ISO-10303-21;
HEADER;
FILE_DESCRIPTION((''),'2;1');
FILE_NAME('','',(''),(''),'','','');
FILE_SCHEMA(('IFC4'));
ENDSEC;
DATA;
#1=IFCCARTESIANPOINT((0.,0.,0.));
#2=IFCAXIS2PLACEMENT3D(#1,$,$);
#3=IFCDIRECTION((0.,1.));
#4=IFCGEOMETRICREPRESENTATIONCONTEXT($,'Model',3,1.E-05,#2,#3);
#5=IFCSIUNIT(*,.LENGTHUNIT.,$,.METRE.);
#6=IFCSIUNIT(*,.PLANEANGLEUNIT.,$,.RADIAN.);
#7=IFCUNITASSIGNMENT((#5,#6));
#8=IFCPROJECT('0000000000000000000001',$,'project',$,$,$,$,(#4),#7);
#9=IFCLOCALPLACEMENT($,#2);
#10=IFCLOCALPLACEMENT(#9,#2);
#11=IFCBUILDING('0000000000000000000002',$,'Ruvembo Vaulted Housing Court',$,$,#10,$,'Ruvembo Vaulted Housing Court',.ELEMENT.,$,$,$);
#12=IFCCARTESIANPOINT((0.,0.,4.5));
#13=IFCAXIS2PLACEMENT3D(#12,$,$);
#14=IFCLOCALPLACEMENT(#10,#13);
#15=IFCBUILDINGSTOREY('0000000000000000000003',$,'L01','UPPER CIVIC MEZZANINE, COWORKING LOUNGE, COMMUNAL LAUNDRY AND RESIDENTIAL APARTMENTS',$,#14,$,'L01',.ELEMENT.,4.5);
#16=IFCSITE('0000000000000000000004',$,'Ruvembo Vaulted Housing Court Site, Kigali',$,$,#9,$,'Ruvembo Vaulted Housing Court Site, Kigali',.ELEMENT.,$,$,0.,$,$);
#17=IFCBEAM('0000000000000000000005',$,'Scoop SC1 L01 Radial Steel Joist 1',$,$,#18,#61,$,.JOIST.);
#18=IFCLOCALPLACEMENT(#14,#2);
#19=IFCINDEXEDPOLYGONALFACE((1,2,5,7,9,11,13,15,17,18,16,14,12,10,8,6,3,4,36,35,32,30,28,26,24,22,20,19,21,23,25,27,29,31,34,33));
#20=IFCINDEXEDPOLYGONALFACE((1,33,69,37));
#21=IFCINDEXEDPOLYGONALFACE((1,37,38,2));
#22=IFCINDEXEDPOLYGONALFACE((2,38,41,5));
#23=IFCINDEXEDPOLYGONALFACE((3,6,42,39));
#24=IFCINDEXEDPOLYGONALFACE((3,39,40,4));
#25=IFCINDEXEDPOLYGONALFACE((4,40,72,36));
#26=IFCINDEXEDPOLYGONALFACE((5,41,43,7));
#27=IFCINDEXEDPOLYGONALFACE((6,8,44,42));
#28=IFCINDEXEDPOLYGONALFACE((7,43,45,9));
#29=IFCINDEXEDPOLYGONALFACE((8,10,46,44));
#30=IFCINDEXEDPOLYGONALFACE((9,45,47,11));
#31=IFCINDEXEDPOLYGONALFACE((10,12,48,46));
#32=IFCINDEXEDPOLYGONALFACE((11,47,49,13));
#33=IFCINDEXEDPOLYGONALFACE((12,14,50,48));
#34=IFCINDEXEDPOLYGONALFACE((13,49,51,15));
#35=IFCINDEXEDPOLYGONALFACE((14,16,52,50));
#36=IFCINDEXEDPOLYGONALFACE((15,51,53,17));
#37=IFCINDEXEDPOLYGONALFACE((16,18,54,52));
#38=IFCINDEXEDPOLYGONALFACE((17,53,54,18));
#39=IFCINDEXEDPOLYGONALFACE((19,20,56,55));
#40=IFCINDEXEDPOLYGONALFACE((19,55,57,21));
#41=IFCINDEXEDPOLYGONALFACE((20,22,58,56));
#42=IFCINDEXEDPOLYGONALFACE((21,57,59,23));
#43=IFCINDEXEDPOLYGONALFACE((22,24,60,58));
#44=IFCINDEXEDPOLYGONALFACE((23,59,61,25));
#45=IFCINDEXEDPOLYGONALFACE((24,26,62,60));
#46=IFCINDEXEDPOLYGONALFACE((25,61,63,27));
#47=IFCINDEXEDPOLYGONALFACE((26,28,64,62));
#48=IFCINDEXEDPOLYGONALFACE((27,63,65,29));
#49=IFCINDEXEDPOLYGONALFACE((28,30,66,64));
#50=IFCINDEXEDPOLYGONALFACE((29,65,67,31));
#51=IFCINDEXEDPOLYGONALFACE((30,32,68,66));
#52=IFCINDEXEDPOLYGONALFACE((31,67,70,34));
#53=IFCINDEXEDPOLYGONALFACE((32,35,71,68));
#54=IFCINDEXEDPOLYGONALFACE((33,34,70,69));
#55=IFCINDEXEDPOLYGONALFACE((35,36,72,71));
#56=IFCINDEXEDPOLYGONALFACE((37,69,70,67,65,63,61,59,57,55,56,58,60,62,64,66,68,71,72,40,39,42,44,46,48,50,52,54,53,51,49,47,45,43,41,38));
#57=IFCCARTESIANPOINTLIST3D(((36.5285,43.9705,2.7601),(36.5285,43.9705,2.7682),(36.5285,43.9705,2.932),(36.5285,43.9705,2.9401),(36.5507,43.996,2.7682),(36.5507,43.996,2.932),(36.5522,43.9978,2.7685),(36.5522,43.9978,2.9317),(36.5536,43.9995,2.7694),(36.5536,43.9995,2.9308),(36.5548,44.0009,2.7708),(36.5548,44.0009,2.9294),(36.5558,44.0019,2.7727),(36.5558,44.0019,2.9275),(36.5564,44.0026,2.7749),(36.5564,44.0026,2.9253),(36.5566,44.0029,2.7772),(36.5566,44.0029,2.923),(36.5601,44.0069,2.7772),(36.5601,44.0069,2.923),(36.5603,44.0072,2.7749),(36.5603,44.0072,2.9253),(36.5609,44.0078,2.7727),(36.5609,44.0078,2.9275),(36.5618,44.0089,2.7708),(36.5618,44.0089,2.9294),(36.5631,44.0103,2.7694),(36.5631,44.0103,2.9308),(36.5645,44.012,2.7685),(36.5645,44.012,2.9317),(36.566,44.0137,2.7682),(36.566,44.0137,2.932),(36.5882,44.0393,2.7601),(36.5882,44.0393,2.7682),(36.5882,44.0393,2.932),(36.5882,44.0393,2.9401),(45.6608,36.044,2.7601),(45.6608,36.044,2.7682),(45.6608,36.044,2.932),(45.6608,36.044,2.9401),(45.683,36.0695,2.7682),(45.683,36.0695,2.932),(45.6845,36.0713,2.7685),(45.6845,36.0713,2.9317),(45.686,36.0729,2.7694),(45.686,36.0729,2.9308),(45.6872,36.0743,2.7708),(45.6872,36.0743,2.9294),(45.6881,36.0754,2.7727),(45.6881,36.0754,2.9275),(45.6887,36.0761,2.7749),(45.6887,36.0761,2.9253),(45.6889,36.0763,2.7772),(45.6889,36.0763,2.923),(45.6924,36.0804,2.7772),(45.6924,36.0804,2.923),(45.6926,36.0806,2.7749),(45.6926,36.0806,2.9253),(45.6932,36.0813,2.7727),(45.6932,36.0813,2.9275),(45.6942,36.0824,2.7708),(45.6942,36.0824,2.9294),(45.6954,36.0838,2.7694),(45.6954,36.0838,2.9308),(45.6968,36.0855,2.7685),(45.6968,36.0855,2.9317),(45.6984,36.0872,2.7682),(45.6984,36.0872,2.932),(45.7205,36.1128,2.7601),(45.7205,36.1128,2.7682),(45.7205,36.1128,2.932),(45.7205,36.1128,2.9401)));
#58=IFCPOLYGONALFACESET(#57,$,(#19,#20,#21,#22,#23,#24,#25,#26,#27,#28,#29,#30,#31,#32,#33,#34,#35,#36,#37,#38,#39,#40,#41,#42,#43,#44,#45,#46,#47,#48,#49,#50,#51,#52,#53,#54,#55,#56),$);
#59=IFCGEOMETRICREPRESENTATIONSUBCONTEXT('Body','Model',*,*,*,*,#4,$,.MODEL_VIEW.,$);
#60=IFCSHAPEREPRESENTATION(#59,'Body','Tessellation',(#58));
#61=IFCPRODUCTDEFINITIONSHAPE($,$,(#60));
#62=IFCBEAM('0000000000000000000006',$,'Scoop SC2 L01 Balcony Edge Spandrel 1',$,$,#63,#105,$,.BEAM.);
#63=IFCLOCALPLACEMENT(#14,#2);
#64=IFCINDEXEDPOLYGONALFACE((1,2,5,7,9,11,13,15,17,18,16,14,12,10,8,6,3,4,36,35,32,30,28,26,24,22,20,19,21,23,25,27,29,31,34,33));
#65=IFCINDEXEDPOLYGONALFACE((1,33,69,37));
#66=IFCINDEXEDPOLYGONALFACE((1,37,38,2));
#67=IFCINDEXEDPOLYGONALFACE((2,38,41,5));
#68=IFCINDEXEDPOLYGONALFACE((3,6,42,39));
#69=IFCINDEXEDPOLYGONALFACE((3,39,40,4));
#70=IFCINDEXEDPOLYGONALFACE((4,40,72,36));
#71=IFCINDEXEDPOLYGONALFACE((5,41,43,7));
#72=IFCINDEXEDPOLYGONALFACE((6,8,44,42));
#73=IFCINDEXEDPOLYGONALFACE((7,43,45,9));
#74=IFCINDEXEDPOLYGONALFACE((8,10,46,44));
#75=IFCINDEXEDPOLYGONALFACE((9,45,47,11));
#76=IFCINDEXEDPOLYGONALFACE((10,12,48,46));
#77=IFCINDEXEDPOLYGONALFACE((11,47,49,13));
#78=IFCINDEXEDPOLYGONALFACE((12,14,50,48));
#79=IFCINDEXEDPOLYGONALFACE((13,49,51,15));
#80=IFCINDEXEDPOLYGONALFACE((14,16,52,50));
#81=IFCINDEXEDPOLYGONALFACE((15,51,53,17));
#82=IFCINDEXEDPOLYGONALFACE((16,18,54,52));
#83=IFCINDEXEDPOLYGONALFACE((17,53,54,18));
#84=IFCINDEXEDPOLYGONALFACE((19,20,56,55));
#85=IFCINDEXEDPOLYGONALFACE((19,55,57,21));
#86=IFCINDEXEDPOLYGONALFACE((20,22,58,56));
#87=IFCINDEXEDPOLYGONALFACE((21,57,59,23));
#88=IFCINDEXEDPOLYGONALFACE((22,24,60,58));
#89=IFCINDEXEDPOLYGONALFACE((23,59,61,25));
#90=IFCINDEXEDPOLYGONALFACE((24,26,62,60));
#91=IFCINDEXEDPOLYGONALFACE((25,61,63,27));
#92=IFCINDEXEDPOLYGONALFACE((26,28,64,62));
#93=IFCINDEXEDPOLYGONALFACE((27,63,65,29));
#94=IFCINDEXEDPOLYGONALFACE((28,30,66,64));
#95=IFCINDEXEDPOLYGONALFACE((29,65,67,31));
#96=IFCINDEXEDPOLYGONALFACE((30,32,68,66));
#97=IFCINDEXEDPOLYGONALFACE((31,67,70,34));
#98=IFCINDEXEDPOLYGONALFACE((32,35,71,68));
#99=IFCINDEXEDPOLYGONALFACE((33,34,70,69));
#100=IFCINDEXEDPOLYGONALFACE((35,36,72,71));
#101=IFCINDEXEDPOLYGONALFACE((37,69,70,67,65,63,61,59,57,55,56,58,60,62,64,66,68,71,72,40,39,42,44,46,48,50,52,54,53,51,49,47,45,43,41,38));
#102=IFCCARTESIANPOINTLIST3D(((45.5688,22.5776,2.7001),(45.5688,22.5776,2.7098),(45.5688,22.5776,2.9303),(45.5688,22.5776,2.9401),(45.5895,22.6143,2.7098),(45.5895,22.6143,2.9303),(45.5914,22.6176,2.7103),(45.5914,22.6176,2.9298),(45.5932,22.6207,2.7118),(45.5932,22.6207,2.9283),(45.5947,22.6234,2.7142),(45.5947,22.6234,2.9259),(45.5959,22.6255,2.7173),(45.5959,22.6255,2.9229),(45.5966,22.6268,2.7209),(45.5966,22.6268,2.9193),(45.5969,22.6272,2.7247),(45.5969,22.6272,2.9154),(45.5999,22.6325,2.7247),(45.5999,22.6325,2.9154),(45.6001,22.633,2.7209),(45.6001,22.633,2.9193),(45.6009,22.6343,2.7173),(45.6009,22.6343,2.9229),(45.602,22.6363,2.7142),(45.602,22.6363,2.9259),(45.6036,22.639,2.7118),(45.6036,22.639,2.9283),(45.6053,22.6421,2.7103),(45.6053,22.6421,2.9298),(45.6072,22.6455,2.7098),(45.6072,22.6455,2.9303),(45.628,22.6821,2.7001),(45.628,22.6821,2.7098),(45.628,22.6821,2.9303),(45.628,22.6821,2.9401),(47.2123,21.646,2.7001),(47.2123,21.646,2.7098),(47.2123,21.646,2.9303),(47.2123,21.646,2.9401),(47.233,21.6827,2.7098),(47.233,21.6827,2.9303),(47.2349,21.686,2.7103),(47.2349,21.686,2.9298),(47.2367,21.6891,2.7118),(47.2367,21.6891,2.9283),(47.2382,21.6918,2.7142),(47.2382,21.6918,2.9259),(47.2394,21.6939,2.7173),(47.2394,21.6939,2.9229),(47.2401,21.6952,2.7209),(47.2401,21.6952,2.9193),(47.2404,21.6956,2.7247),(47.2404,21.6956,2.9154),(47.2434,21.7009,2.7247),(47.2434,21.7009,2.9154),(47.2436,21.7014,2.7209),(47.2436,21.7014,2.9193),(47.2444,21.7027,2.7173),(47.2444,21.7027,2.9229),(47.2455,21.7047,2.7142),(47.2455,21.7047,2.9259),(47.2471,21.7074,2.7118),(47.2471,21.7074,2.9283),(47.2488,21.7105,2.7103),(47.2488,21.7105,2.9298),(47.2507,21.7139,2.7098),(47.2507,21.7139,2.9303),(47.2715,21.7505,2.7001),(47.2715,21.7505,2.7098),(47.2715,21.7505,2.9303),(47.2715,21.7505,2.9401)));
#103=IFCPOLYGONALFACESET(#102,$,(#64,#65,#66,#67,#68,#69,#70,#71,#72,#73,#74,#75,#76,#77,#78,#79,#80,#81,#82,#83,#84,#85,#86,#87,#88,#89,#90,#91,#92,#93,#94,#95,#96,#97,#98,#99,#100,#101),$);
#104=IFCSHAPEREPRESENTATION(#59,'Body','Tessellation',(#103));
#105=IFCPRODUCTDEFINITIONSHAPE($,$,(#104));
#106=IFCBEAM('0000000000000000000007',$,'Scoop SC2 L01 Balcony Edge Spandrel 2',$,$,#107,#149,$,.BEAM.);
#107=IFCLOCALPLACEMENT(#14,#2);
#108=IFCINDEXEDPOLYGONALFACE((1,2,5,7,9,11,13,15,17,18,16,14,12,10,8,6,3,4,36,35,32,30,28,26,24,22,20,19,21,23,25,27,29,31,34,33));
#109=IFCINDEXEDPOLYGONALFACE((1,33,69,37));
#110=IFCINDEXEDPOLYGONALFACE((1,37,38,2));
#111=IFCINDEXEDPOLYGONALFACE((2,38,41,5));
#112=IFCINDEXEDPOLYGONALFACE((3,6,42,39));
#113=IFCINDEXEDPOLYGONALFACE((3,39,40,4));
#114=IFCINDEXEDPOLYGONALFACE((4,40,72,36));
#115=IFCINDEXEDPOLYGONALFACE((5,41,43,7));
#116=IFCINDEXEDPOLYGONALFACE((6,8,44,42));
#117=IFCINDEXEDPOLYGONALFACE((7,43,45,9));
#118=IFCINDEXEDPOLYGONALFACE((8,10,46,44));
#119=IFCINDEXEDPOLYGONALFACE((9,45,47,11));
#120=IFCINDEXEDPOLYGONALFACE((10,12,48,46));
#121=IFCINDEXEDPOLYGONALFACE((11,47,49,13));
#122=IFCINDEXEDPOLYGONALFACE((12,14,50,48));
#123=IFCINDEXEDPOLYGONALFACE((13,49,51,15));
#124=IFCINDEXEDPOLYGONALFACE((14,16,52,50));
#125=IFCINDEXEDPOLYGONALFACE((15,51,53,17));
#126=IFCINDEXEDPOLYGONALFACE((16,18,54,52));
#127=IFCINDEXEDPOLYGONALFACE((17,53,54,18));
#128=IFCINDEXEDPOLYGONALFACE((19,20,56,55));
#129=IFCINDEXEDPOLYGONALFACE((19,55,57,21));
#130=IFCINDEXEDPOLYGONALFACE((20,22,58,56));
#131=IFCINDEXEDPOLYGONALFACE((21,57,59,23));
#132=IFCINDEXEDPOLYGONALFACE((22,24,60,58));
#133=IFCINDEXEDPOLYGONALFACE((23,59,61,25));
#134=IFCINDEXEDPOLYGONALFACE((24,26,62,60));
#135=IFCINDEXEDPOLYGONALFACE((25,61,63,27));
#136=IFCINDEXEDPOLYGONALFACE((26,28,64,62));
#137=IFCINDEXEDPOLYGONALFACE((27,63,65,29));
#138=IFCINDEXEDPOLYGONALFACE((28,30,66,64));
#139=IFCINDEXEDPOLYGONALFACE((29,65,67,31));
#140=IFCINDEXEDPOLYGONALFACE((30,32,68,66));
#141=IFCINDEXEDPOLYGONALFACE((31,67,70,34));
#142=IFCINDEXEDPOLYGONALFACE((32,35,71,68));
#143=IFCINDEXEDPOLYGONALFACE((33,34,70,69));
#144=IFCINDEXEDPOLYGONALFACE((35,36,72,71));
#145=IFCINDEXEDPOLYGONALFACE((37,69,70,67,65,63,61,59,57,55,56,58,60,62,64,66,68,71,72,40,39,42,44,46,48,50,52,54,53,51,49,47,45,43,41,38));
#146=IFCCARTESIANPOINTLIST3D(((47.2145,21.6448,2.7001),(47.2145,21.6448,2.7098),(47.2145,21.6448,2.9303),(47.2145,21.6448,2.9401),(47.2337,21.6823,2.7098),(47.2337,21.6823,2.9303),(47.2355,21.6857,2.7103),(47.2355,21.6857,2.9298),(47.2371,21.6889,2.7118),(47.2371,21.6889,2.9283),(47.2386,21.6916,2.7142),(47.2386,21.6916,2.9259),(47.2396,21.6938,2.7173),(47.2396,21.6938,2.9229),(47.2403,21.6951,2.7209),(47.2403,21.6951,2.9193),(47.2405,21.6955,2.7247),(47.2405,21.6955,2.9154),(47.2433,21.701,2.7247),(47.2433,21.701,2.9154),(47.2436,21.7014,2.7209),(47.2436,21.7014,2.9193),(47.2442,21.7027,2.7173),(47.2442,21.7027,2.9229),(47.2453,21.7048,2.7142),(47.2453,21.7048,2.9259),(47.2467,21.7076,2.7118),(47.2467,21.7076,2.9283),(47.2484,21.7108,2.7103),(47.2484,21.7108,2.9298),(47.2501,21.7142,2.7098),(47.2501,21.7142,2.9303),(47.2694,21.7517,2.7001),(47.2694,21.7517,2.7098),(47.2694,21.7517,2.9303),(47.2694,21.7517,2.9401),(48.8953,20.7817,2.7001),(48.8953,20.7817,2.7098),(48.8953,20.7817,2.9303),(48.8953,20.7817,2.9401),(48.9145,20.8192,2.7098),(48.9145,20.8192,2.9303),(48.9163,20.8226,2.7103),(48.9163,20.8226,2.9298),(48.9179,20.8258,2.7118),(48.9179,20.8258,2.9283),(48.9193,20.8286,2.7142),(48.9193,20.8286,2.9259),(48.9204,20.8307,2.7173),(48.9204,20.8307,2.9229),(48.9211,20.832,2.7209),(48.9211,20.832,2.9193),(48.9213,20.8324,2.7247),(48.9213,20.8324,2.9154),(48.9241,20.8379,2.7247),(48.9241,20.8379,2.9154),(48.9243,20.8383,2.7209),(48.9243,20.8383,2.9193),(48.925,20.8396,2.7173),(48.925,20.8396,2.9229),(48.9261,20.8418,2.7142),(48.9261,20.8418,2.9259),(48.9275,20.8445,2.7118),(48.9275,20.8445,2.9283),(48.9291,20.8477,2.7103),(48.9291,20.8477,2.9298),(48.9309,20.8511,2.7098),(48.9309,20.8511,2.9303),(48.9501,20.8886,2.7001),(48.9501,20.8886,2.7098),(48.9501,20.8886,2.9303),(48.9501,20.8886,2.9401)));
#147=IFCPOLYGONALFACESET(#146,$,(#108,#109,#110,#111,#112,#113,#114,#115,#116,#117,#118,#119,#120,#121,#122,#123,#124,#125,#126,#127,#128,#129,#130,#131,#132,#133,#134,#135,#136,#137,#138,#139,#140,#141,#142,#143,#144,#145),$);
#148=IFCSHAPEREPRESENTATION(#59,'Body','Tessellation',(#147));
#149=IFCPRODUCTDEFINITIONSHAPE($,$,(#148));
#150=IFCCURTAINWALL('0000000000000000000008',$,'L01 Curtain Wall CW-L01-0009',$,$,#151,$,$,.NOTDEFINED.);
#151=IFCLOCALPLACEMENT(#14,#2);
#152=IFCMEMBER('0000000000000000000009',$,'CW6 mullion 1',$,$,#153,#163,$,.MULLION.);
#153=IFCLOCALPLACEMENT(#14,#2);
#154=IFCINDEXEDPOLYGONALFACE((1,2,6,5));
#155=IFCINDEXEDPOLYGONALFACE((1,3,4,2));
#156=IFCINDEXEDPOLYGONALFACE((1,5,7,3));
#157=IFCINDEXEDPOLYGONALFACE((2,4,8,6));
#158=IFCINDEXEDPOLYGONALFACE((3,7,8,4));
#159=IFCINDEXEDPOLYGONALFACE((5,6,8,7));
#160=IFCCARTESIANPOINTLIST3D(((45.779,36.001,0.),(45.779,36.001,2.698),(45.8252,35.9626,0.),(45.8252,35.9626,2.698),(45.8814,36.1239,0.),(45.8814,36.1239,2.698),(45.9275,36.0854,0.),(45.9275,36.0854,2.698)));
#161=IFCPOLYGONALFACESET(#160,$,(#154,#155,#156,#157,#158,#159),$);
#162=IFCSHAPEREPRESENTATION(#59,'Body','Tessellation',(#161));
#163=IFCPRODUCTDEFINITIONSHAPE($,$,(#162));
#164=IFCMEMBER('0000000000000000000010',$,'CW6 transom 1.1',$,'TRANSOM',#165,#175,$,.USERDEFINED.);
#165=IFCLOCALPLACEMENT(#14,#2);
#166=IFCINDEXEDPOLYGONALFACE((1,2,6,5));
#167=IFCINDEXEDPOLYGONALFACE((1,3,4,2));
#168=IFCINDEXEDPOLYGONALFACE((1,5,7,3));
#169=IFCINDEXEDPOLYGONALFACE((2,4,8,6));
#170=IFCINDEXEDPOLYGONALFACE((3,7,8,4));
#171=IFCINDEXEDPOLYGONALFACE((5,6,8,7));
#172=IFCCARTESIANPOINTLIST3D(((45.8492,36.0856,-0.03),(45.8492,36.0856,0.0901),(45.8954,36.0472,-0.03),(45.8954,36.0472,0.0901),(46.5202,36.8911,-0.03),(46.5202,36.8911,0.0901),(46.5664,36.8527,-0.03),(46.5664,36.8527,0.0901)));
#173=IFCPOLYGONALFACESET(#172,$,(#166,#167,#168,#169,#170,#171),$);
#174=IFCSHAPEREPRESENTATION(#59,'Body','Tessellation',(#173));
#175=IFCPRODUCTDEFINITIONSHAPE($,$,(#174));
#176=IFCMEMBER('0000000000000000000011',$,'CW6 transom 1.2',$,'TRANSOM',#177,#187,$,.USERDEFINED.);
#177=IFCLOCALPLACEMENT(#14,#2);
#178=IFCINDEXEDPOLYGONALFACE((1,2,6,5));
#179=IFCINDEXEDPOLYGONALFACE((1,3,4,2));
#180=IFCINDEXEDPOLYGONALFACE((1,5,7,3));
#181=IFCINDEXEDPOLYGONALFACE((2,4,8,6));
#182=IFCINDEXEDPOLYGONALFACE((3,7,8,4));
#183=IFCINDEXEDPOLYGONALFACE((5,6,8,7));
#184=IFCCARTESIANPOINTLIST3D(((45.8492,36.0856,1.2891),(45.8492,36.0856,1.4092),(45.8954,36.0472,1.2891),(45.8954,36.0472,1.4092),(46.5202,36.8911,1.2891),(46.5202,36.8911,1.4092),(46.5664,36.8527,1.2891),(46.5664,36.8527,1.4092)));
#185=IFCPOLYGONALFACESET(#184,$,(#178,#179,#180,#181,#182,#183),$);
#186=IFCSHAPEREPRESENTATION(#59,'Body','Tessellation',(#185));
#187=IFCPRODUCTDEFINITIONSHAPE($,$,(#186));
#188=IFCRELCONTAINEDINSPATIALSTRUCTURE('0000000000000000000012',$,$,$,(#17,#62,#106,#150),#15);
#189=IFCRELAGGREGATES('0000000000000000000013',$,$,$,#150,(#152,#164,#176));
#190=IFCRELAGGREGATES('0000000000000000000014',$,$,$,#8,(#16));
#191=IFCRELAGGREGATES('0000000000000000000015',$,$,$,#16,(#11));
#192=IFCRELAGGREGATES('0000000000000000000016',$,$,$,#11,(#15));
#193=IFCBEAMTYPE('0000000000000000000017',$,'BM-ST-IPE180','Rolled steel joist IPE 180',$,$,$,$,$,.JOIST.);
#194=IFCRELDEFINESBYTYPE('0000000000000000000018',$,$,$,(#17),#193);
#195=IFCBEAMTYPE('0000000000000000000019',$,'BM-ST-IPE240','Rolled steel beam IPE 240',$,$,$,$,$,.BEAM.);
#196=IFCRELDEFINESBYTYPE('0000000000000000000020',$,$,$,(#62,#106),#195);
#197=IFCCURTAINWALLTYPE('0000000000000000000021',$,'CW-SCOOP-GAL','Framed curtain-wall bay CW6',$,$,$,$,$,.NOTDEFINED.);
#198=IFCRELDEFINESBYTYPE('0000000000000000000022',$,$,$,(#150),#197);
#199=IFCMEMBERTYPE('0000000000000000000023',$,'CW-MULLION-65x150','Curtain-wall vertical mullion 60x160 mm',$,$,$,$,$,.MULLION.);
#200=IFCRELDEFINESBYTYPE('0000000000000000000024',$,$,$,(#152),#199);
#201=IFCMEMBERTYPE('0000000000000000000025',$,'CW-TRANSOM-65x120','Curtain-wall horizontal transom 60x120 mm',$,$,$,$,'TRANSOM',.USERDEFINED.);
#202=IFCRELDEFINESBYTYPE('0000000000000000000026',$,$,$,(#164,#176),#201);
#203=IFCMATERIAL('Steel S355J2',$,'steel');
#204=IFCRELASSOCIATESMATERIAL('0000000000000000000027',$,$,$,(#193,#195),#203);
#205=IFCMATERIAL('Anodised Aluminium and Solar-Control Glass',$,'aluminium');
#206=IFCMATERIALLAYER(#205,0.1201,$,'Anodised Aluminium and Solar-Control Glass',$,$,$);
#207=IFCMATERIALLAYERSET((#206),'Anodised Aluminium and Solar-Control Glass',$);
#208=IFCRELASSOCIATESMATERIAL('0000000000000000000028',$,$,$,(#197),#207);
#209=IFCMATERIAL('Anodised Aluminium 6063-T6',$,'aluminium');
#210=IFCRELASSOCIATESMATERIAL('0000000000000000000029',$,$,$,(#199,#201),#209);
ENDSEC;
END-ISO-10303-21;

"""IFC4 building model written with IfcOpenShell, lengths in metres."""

from ifc_helpers import new_model, si_unit, direction, frame, origin, origin_2d, place, context, subcontext, project, spatial, rectangle, i_section, extrude, material, layer, layer_set, material_profile, profile_set, type_object, element, aggregate, save


model = new_model("IFC4")

# Units and contexts
model_context = context("Model", 3, precision=1e-05, world=origin(), true_north=direction((0.0, 1.0)))
body_context = subcontext(model_context, "Body", "Model", "MODEL_VIEW")
ifc_project = project(units=[si_unit("LENGTHUNIT", "METRE"), si_unit("PLANEANGLEUNIT", "RADIAN")], contexts=[model_context])

# Site, building, storey
site_placement = place(None, origin())
site = spatial("IfcSite", under=ifc_project, at=site_placement, Name="Ruvembo Vaulted Housing Court Site, Kigali", LongName="Ruvembo Vaulted Housing Court Site, Kigali", CompositionType="ELEMENT", RefElevation=0.0)
building_placement = place(site_placement, origin())
building = spatial("IfcBuilding", under=site, at=building_placement, Name="Ruvembo Vaulted Housing Court", LongName="Ruvembo Vaulted Housing Court", CompositionType="ELEMENT")
storey_placement = place(building_placement, frame((0.0, 0.0, 4.5)))
storey = spatial("IfcBuildingStorey", under=building, at=storey_placement, Name="L01", Description="UPPER CIVIC MEZZANINE, COWORKING LOUNGE, COMMUNAL LAUNDRY AND RESIDENTIAL APARTMENTS", LongName="L01", CompositionType="ELEMENT", Elevation=4.5)

# Beams
ifc_material_1 = material(Name="Steel S355J2", Category="steel")
ifc_material_profile_1 = material_profile(ifc_material_1, i_section(OverallWidth=0.0911, OverallDepth=0.1799, WebThickness=0.0054, FlangeThickness=0.0081, FilletRadius=0.009, at=origin_2d()), Name="IPE 180")
ifc_profile_set_1 = profile_set([ifc_material_profile_1], Name="Steel S355J2")
beam_type_1 = type_object("IfcBeamType", Name="BM-ST-IPE180", Description="Rolled steel joist IPE 180", PredefinedType="JOIST", material=ifc_profile_set_1)
beam_1_placement = place(storey_placement, frame((45.6907, 36.0784, 2.8501), z_axis=(-0.755205, 0.655489, 0.0), x_axis=(-0.655489, -0.755205, 0.0)))
element("IfcBeam", 1, at=beam_1_placement, inside=storey, type_object=beam_type_1, Name="Scoop SC1 L01 Radial Steel Joist 1", PredefinedType="JOIST", context=body_context, shape_type="SweptSolid", body=[
    extrude(i_section(OverallWidth=0.0911, OverallDepth=0.1799, WebThickness=0.0054, FlangeThickness=0.0081, FilletRadius=0.009, at=origin_2d()), origin(), (0.0, 0.0, 1.0), 12.0925),
])
ifc_material_profile_2 = material_profile(ifc_material_1, i_section(OverallWidth=0.1201, OverallDepth=0.24, WebThickness=0.0061, FlangeThickness=0.0098, FilletRadius=0.0149, at=origin_2d()), Name="IPE 240")
ifc_profile_set_2 = profile_set([ifc_material_profile_2], Name="Steel S355J2")
beam_type_2 = type_object("IfcBeamType", Name="BM-ST-IPE240", Description="Rolled steel beam IPE 240", PredefinedType="BEAM", material=ifc_profile_set_2)
beam_2_placement = place(storey_placement, frame((45.5984, 22.6299, 2.8201), z_axis=(0.869956, -0.49313, 0.0), x_axis=(0.49313, 0.869956, 0.0)))
element("IfcBeam", 2, at=beam_2_placement, inside=storey, type_object=beam_type_2, Name="Scoop SC2 L01 Balcony Edge Spandrel 1", PredefinedType="BEAM", context=body_context, shape_type="SweptSolid", body=[
    extrude(i_section(OverallWidth=0.1201, OverallDepth=0.24, WebThickness=0.0061, FlangeThickness=0.0098, FilletRadius=0.0149, at=origin_2d()), origin(), (0.0, 0.0, 1.0), 1.8892),
])
beam_3_placement = place(storey_placement, frame((47.2419, 21.6982, 2.8201), z_axis=(0.889568, -0.456802, 0.0), x_axis=(0.456802, 0.889568, 0.0)))
element("IfcBeam", 3, at=beam_3_placement, inside=storey, type_object=beam_type_2, Name="Scoop SC2 L01 Balcony Edge Spandrel 2", PredefinedType="BEAM", context=body_context, shape_type="SweptSolid", body=[
    extrude(i_section(OverallWidth=0.1201, OverallDepth=0.24, WebThickness=0.0061, FlangeThickness=0.0098, FilletRadius=0.0149, at=origin_2d()), origin(), (0.0, 0.0, 1.0), 1.8894),
])

# Curtain wall, members
ifc_material_2 = material(Name="Anodised Aluminium and Solar-Control Glass", Category="aluminium")
ifc_layer_1 = layer(ifc_material_2, 0.1201, Name="Anodised Aluminium and Solar-Control Glass")
ifc_layer_set_1 = layer_set([ifc_layer_1], Name="Anodised Aluminium and Solar-Control Glass")
curtain_wall_type = type_object("IfcCurtainWallType", Name="CW-SCOOP-GAL", Description="Framed curtain-wall bay CW6", PredefinedType="NOTDEFINED", material=ifc_layer_set_1)
curtain_wall_placement = place(storey_placement, origin())
curtain_wall = element("IfcCurtainWall", 4, at=curtain_wall_placement, inside=storey, type_object=curtain_wall_type, Name="L01 Curtain Wall CW-L01-0009", PredefinedType="NOTDEFINED")
ifc_material_3 = material(Name="Anodised Aluminium 6063-T6", Category="aluminium")
ifc_material_profile_3 = material_profile(ifc_material_3, rectangle(XDim=0.0601, YDim=0.1599, at=origin_2d()), Name="ALU 60x160")
ifc_profile_set_3 = profile_set([ifc_material_profile_3], Name="Anodised Aluminium 6063-T6")
member_type_1 = type_object("IfcMemberType", Name="CW-MULLION-65x150", Description="Curtain-wall vertical mullion 60x160 mm", PredefinedType="MULLION", material=ifc_profile_set_3)
member_1_placement = place(storey_placement, frame((45.8533, 36.0432, 0.0), z_axis=(0.0, 0.0, 1.0), x_axis=(-0.768484, 0.639869, 0.0)))
member_1 = element("IfcMember", 5, at=member_1_placement, type_object=member_type_1, Name="CW6 mullion 1", PredefinedType="MULLION", context=body_context, shape_type="SweptSolid", body=[
    extrude(rectangle(XDim=0.0601, YDim=0.1599, at=origin_2d()), origin(), (0.0, 0.0, 1.0), 2.698),
])
ifc_material_profile_4 = material_profile(ifc_material_3, rectangle(XDim=0.0601, YDim=0.1201, at=origin_2d()), Name="ALU 60x120")
ifc_profile_set_4 = profile_set([ifc_material_profile_4], Name="Anodised Aluminium 6063-T6")
member_type_2 = type_object("IfcMemberType", Name="CW-TRANSOM-65x120", Description="Curtain-wall horizontal transom 60x120 mm", ElementType="TRANSOM", PredefinedType="USERDEFINED", material=ifc_profile_set_4)
member_2_placement = place(storey_placement, frame((45.8723, 36.0664, 0.03), z_axis=(0.640024, 0.768355, 0.0), x_axis=(-0.768355, 0.640024, 0.0)))
member_2 = element("IfcMember", 6, at=member_2_placement, type_object=member_type_2, Name="CW6 transom 1.1", ObjectType="TRANSOM", PredefinedType="USERDEFINED", context=body_context, shape_type="SweptSolid", body=[
    extrude(rectangle(XDim=0.0601, YDim=0.1201, at=origin_2d()), origin(), (0.0, 0.0, 1.0), 1.0483),
])
member_3_placement = place(storey_placement, frame((45.8723, 36.0664, 1.3491), z_axis=(0.640024, 0.768355, 0.0), x_axis=(-0.768355, 0.640024, 0.0)))
member_3 = element("IfcMember", 7, at=member_3_placement, type_object=member_type_2, Name="CW6 transom 1.2", ObjectType="TRANSOM", PredefinedType="USERDEFINED", context=body_context, shape_type="SweptSolid", body=[
    extrude(rectangle(XDim=0.0601, YDim=0.1201, at=origin_2d()), origin(), (0.0, 0.0, 1.0), 1.0483),
])

aggregate(curtain_wall, [member_1, member_2, member_3])

save(model, "model.ifc")
